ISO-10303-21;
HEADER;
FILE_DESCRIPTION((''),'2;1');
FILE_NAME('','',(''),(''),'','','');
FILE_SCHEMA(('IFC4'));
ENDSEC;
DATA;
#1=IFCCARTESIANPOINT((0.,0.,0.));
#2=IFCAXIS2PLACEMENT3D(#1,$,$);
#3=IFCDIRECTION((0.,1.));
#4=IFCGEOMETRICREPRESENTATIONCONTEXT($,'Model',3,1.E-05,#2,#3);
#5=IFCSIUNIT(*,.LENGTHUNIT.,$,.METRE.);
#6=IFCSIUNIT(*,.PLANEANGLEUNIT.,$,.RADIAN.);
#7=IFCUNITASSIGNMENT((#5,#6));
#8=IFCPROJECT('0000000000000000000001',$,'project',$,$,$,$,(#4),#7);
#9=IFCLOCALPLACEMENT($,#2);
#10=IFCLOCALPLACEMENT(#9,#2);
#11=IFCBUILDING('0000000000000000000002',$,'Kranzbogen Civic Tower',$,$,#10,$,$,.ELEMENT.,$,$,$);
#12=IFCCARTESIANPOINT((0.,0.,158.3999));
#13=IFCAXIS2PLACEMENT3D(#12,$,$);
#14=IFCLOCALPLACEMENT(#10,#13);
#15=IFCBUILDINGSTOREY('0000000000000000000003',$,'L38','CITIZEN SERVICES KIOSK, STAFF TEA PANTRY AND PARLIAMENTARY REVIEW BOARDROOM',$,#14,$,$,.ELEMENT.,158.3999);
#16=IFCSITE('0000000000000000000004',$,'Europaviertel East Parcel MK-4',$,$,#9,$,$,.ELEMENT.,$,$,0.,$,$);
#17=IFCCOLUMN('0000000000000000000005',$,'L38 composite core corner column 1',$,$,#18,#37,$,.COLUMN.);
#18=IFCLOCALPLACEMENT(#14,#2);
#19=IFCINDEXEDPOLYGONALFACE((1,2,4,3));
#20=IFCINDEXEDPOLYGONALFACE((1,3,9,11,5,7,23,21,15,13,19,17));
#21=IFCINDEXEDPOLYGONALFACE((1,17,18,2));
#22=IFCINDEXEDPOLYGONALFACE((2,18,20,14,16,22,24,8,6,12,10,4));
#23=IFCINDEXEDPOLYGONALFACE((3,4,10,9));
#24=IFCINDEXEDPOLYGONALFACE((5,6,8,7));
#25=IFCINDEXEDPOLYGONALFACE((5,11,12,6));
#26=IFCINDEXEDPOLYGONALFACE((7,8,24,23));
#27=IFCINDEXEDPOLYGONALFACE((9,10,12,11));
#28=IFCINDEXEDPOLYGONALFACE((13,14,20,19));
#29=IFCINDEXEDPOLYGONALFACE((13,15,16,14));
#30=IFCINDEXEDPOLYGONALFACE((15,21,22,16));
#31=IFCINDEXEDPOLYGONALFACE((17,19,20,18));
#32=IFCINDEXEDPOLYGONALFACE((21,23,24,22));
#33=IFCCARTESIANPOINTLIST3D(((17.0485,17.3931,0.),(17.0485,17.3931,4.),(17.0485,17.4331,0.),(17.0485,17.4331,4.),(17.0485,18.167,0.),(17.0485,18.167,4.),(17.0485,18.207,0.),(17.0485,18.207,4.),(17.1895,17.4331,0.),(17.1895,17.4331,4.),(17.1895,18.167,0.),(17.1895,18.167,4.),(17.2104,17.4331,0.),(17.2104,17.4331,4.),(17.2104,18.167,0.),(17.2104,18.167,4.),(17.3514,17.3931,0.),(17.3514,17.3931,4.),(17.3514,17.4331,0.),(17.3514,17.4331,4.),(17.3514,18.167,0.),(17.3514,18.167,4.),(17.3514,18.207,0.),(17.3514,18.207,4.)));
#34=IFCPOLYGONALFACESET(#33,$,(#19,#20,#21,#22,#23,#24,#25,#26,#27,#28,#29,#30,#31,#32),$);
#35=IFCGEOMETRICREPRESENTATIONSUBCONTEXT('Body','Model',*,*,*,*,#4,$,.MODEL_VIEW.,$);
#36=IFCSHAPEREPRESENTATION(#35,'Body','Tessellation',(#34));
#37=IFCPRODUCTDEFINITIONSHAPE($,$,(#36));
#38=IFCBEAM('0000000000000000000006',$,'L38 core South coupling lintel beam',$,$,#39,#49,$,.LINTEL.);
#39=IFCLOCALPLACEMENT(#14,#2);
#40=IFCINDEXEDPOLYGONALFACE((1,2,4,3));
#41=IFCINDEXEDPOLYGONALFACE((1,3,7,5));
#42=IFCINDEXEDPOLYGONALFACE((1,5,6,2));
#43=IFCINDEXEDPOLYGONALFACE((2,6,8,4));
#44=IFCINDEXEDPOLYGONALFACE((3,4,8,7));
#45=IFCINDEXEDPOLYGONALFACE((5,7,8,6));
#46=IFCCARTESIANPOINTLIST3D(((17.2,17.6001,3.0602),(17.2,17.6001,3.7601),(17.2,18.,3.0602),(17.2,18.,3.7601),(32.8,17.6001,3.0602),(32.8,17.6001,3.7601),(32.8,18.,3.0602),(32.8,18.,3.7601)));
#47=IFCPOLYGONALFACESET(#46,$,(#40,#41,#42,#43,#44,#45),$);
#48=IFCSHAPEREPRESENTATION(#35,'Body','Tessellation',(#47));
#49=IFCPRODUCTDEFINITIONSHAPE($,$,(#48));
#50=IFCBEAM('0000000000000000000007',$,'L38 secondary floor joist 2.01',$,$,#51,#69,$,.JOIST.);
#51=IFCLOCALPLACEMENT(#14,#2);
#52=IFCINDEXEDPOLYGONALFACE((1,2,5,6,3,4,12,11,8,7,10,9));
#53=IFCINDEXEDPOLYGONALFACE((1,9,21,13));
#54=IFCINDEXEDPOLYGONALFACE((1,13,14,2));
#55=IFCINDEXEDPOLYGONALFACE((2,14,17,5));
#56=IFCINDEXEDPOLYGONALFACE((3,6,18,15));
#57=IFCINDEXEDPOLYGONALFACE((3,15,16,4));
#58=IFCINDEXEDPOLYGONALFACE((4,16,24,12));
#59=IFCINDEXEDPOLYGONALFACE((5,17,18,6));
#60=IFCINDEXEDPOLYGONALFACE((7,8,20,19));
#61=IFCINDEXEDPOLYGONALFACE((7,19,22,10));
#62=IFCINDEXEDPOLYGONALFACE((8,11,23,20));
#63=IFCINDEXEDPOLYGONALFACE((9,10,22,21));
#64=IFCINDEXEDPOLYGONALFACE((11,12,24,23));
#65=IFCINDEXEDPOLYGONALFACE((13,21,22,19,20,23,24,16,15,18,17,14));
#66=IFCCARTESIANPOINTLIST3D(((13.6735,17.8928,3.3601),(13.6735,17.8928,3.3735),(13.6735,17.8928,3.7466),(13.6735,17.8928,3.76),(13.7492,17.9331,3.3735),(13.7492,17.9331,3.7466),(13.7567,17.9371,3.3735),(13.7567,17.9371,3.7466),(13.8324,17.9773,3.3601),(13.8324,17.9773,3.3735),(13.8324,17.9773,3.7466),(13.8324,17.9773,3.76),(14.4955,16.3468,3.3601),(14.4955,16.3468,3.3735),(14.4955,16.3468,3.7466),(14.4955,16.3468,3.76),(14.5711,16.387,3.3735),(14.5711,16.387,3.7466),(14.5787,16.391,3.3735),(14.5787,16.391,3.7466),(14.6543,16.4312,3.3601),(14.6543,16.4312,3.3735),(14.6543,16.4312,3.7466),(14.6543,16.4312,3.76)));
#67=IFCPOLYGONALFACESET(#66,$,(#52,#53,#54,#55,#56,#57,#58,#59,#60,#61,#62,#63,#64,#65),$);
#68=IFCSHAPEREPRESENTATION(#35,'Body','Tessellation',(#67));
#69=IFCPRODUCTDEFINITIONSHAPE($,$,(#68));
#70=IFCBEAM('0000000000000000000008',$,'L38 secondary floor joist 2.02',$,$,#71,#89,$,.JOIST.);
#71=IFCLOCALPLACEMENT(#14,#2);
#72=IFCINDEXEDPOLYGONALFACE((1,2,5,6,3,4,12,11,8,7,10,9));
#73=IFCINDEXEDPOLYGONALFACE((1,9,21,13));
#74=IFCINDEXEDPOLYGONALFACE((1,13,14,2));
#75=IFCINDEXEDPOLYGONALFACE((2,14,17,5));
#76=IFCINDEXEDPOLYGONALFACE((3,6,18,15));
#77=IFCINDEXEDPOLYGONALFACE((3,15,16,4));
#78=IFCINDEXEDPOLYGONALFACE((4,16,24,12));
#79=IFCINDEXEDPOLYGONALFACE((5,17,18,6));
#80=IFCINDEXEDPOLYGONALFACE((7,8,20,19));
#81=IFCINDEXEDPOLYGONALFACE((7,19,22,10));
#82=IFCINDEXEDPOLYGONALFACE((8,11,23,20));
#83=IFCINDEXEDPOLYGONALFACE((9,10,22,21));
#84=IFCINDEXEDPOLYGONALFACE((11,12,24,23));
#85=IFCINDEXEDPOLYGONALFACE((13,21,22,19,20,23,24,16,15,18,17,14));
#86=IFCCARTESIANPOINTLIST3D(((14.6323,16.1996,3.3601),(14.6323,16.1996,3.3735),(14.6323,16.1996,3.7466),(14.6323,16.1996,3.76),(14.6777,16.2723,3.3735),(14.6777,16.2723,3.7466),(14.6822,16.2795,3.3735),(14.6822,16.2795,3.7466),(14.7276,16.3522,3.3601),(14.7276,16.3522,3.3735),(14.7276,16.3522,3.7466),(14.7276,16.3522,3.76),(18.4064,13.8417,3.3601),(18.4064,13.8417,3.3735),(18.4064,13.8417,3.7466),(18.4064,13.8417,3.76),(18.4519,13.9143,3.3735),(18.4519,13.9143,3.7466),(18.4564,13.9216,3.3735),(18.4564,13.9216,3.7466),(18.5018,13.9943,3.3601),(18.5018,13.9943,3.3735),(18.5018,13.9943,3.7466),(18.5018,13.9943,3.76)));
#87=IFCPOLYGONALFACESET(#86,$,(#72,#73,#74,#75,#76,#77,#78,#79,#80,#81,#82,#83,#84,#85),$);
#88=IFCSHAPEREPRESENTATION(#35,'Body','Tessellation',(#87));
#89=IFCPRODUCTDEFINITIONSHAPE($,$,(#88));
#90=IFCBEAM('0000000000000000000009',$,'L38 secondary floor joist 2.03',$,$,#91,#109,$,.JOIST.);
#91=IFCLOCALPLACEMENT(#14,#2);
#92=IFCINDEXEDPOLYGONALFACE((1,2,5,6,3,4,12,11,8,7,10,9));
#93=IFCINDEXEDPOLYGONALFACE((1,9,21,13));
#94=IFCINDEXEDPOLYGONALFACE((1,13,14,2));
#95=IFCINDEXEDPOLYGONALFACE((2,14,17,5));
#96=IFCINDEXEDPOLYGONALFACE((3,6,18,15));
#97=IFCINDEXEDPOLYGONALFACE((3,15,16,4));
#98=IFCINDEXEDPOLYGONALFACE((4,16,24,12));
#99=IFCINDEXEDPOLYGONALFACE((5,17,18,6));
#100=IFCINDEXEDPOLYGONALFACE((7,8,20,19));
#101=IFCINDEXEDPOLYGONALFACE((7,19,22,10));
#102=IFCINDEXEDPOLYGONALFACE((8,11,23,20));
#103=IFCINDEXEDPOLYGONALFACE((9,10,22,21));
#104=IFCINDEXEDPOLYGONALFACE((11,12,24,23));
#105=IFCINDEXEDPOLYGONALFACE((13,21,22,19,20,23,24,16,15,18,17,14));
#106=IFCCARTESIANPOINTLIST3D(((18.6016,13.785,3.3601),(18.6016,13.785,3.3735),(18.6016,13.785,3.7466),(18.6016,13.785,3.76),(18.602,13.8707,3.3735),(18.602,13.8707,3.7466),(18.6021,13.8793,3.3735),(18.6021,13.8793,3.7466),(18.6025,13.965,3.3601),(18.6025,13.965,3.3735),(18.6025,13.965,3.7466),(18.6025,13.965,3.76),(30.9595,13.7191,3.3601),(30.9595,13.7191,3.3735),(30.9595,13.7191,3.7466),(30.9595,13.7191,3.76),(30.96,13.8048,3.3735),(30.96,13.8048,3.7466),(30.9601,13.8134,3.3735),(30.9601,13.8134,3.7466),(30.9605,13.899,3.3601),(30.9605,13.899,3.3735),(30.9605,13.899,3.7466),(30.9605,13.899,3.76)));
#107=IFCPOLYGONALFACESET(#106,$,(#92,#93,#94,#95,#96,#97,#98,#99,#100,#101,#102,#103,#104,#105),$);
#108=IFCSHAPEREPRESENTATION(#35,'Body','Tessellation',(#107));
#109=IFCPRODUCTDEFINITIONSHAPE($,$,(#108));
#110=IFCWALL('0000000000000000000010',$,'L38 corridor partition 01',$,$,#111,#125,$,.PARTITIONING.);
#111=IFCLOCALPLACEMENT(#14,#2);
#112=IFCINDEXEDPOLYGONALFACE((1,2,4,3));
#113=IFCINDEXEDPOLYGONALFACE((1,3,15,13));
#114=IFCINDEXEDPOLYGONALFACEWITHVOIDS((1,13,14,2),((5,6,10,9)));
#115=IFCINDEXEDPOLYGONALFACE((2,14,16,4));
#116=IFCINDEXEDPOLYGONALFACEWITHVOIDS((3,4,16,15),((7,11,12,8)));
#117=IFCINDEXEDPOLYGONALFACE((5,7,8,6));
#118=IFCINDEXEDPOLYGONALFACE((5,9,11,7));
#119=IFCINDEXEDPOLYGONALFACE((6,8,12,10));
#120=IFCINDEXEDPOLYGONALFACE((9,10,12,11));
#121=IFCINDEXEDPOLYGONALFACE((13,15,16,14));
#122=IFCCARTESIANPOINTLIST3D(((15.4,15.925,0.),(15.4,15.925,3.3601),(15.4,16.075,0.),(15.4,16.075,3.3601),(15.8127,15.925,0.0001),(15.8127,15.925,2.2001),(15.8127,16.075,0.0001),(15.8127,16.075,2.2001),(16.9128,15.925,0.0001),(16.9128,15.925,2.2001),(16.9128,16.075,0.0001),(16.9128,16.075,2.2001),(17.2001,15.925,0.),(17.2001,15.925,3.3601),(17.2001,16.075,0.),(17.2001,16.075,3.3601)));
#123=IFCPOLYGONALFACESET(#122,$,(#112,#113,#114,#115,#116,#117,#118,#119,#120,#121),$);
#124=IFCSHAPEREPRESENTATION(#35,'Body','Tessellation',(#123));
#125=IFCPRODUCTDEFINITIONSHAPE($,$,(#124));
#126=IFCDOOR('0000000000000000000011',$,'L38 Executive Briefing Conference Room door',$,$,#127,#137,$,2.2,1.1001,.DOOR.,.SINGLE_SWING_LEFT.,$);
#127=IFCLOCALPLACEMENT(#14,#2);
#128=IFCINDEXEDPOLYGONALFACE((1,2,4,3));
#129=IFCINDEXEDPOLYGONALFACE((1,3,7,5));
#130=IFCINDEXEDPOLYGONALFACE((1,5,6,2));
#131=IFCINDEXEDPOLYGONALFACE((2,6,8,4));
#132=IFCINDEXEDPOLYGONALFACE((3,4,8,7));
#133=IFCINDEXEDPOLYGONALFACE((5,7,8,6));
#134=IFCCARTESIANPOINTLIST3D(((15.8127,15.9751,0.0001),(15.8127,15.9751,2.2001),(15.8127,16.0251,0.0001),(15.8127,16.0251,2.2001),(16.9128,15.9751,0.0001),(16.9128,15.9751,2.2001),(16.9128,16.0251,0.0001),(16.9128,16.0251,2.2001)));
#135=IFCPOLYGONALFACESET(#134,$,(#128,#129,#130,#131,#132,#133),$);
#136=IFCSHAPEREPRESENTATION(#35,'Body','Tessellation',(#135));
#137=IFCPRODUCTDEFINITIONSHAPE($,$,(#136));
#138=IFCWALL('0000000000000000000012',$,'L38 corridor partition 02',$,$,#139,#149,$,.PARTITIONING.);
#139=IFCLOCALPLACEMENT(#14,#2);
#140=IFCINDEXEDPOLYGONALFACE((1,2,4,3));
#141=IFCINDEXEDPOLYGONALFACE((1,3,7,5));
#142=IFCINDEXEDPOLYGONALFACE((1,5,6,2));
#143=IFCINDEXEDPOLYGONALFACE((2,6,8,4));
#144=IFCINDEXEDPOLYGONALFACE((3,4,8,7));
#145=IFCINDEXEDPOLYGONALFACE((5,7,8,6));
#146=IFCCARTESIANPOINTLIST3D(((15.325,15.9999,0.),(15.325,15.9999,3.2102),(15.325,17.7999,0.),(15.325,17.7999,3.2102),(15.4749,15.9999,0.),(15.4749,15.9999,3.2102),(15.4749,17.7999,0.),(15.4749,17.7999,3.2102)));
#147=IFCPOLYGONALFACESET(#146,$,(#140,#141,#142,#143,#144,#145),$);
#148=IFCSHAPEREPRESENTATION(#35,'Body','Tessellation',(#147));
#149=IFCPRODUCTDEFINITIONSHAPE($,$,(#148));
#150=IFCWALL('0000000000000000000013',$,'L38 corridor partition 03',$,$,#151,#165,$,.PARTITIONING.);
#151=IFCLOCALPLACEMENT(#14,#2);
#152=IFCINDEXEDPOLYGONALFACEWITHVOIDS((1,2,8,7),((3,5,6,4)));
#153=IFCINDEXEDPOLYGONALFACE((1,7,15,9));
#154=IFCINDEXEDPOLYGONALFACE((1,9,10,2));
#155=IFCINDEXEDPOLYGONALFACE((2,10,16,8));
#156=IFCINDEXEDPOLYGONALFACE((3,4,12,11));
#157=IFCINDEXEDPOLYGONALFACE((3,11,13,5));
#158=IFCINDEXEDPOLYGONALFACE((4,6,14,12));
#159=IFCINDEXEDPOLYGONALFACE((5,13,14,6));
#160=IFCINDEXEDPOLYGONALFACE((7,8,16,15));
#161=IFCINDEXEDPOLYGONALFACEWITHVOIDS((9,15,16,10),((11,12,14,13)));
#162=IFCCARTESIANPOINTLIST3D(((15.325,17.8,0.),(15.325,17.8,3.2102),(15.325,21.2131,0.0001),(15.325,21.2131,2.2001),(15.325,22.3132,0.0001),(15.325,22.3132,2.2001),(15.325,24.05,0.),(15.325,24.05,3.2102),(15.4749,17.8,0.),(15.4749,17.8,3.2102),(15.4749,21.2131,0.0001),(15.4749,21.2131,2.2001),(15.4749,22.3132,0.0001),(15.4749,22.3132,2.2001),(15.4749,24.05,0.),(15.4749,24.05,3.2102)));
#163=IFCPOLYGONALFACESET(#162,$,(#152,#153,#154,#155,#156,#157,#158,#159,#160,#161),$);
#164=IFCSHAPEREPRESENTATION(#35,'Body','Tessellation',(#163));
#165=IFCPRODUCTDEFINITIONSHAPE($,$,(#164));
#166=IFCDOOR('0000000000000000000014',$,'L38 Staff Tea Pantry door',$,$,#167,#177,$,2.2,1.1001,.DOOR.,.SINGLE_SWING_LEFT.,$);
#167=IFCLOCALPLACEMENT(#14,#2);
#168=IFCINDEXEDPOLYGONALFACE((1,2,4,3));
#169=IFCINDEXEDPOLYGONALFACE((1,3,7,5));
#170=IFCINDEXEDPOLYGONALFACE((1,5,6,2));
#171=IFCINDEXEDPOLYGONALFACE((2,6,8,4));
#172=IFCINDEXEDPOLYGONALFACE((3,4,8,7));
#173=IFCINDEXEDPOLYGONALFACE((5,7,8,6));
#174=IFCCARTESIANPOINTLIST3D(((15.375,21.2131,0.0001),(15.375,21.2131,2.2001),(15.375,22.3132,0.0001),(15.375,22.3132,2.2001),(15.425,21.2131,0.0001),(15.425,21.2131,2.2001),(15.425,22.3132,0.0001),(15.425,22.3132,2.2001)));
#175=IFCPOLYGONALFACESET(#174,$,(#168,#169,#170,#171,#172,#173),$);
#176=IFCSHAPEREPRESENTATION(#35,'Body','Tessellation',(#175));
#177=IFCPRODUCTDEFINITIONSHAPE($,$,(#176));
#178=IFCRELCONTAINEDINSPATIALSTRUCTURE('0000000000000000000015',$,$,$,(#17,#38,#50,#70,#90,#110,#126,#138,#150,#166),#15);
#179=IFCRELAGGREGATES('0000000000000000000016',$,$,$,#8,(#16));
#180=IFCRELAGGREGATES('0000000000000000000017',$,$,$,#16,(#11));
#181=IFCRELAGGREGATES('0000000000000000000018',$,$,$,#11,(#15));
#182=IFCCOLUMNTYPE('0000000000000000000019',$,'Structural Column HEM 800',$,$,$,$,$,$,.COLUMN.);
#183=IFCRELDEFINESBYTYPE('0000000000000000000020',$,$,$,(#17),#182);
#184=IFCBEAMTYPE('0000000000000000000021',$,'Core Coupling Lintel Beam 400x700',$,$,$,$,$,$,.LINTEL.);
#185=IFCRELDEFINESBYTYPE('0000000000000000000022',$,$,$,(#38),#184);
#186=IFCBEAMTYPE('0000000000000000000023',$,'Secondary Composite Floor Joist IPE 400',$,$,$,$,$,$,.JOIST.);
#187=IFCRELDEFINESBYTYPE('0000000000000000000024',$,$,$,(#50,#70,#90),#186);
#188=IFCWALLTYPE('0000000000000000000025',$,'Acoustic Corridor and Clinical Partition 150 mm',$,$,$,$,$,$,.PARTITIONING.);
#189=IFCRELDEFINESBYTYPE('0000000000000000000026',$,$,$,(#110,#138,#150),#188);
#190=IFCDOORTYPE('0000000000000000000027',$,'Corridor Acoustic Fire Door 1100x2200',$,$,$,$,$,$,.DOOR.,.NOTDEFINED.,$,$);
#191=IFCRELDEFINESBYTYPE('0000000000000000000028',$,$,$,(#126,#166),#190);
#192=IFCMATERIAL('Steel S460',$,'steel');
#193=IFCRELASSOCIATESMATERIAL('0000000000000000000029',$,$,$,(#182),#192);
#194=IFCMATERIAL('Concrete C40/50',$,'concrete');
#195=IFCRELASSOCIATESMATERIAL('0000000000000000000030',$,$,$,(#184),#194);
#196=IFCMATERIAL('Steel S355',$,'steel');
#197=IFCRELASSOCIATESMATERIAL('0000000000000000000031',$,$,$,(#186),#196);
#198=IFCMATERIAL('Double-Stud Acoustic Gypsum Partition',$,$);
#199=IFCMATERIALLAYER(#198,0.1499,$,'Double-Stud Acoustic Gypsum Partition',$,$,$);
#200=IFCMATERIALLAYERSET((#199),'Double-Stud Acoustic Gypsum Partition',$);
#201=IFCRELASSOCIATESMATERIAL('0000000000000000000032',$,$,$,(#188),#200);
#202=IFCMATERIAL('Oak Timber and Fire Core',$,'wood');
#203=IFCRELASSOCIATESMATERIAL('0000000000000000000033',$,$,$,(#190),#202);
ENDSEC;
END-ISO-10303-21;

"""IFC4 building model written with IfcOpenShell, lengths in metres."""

from ifc_helpers import new_model, si_unit, direction, frame, frame_2d, origin, origin_2d, place, context, subcontext, project, spatial, rectangle, i_section, extrude, material, layer, layer_set, material_profile, profile_set, type_object, element, fill, save


model = new_model("IFC4")

# Units and contexts
model_context = context("Model", 3, precision=1e-05, world=origin(), true_north=direction((0.0, 1.0)))
body_context = subcontext(model_context, "Body", "Model", "MODEL_VIEW")
ifc_project = project(units=[si_unit("LENGTHUNIT", "METRE"), si_unit("PLANEANGLEUNIT", "RADIAN")], contexts=[model_context])

# Site, building, storey
site_placement = place(None, origin())
site = spatial("IfcSite", under=ifc_project, at=site_placement, Name="Europaviertel East Parcel MK-4", CompositionType="ELEMENT", RefElevation=0.0)
building_placement = place(site_placement, origin())
building = spatial("IfcBuilding", under=site, at=building_placement, Name="Kranzbogen Civic Tower", CompositionType="ELEMENT")
storey_placement = place(building_placement, frame((0.0, 0.0, 158.3999)))
storey = spatial("IfcBuildingStorey", under=building, at=storey_placement, Name="L38", Description="CITIZEN SERVICES KIOSK, STAFF TEA PANTRY AND PARLIAMENTARY REVIEW BOARDROOM", CompositionType="ELEMENT", Elevation=158.3999)

# Column
ifc_material_1 = material(Name="Steel S460", Category="steel")
ifc_material_profile_1 = material_profile(ifc_material_1, i_section(OverallWidth=0.303, OverallDepth=0.814, WebThickness=0.021, FlangeThickness=0.04, at=origin_2d()), Name="HEM 800")
ifc_profile_set_1 = profile_set([ifc_material_profile_1], Name="Steel S460")
column_type = type_object("IfcColumnType", Name="Structural Column HEM 800", PredefinedType="COLUMN", material=ifc_profile_set_1)
column_placement = place(storey_placement, frame((17.2, 17.8, 0.0), z_axis=(0.0, 0.0, 1.0), x_axis=(1.0, 0.0, 0.0)))
element("IfcColumn", 1, at=column_placement, inside=storey, type_object=column_type, Name="L38 composite core corner column 1", PredefinedType="COLUMN", context=body_context, shape_type="SweptSolid", body=[
    extrude(i_section(OverallWidth=0.303, OverallDepth=0.814, WebThickness=0.021, FlangeThickness=0.04, at=origin_2d()), origin(), (0.0, 0.0, 1.0), 4.0),
])

# Beams
ifc_material_2 = material(Name="Concrete C40/50", Category="concrete")
ifc_material_profile_2 = material_profile(ifc_material_2, rectangle(XDim=0.3999, YDim=0.7, at=origin_2d()), Name="RC-BM 400x700")
ifc_profile_set_2 = profile_set([ifc_material_profile_2], Name="Concrete C40/50")
beam_type_1 = type_object("IfcBeamType", Name="Core Coupling Lintel Beam 400x700", PredefinedType="LINTEL", material=ifc_profile_set_2)
beam_1_placement = place(storey_placement, frame((17.2, 17.8, 3.4102), z_axis=(1.0, 0.0, 0.0), x_axis=(0.0, 1.0, 0.0)))
element("IfcBeam", 2, at=beam_1_placement, inside=storey, type_object=beam_type_1, Name="L38 core South coupling lintel beam", PredefinedType="LINTEL", context=body_context, shape_type="SweptSolid", body=[
    extrude(rectangle(XDim=0.3999, YDim=0.7, at=origin_2d()), origin(), (0.0, 0.0, 1.0), 15.6001),
])
ifc_material_3 = material(Name="Steel S355", Category="steel")
ifc_material_profile_3 = material_profile(ifc_material_3, i_section(OverallWidth=0.1799, OverallDepth=0.3999, WebThickness=0.0085, FlangeThickness=0.0134, at=origin_2d()), Name="IPE 400")
ifc_profile_set_3 = profile_set([ifc_material_profile_3], Name="Steel S355")
beam_type_2 = type_object("IfcBeamType", Name="Secondary Composite Floor Joist IPE 400", PredefinedType="JOIST", material=ifc_profile_set_3)
beam_2_placement = place(storey_placement, frame((13.7529, 17.9351, 3.5601), z_axis=(0.469437, -0.882966, 0.0), x_axis=(0.882966, 0.469437, 0.0)))
element("IfcBeam", 3, at=beam_2_placement, inside=storey, type_object=beam_type_2, Name="L38 secondary floor joist 2.01", PredefinedType="JOIST", context=body_context, shape_type="SweptSolid", body=[
    extrude(i_section(OverallWidth=0.1799, OverallDepth=0.3999, WebThickness=0.0085, FlangeThickness=0.0134, at=origin_2d()), origin(), (0.0, 0.0, 1.0), 1.751),
])
beam_3_placement = place(storey_placement, frame((14.6799, 16.2759, 3.5601), z_axis=(0.848094, -0.529846, 0.0), x_axis=(0.529846, 0.848094, 0.0)))
element("IfcBeam", 4, at=beam_3_placement, inside=storey, type_object=beam_type_2, Name="L38 secondary floor joist 2.02", PredefinedType="JOIST", context=body_context, shape_type="SweptSolid", body=[
    extrude(i_section(OverallWidth=0.1799, OverallDepth=0.3999, WebThickness=0.0085, FlangeThickness=0.0134, at=origin_2d()), origin(), (0.0, 0.0, 1.0), 4.4502),
])
beam_4_placement = place(storey_placement, frame((18.6021, 13.875, 3.5601), z_axis=(0.999986, -0.005334, 0.0), x_axis=(0.005334, 0.999986, 0.0)))
element("IfcBeam", 5, at=beam_4_placement, inside=storey, type_object=beam_type_2, Name="L38 secondary floor joist 2.03", PredefinedType="JOIST", context=body_context, shape_type="SweptSolid", body=[
    extrude(i_section(OverallWidth=0.1799, OverallDepth=0.3999, WebThickness=0.0085, FlangeThickness=0.0134, at=origin_2d()), origin(), (0.0, 0.0, 1.0), 12.3582),
])

# Wall, opening, door
ifc_material_4 = material(Name="Double-Stud Acoustic Gypsum Partition")
ifc_layer_1 = layer(ifc_material_4, 0.1499, Name="Double-Stud Acoustic Gypsum Partition")
ifc_layer_set_1 = layer_set([ifc_layer_1], Name="Double-Stud Acoustic Gypsum Partition")
wall_type_1 = type_object("IfcWallType", Name="Acoustic Corridor and Clinical Partition 150 mm", PredefinedType="PARTITIONING", material=ifc_layer_set_1)
wall_1_placement = place(storey_placement, frame((17.2, 16.0, 0.0), z_axis=(0.0, 0.0, 1.0), x_axis=(-1.0, 0.0, 0.0)))
wall_1 = element("IfcWall", 6, at=wall_1_placement, inside=storey, type_object=wall_type_1, Name="L38 corridor partition 01", PredefinedType="PARTITIONING", context=body_context, shape_type="SweptSolid", body=[
    extrude(rectangle(XDim=1.8, YDim=0.1499, at=frame_2d((0.8999, 0.0))), origin(), (0.0, 0.0, 1.0), 3.3601),
])
opening_1_placement = place(wall_1_placement, frame((0.2871, 0.0, 0.0)))
opening_1 = element("IfcOpeningElement", 7, at=opening_1_placement, cuts=wall_1, PredefinedType="OPENING", context=body_context, shape_type="SweptSolid", body=[
    extrude(rectangle(XDim=1.1001, YDim=2.2, at=frame_2d((0.55, 1.1001))), frame((0.0, 0.085, 0.0), z_axis=(0.0, -1.0, 0.0), x_axis=(1.0, 0.0, 0.0)), (0.0, 0.0, 1.0), 0.1699),
])
ifc_material_5 = material(Name="Oak Timber and Fire Core", Category="wood")
door_type_1 = type_object("IfcDoorType", Name="Corridor Acoustic Fire Door 1100x2200", OperationType="NOTDEFINED", PredefinedType="DOOR", material=ifc_material_5)
door_1_placement = place(opening_1_placement, origin())
door_1 = element("IfcDoor", 8, at=door_1_placement, inside=storey, type_object=door_type_1, Name="L38 Executive Briefing Conference Room door", OperationType="SINGLE_SWING_LEFT", OverallHeight=2.2, OverallWidth=1.1001, PredefinedType="DOOR", context=body_context, shape_type="SweptSolid", body=[
    extrude(rectangle(XDim=1.1001, YDim=2.2, at=frame_2d((0.55, 1.1001))), frame((0.0, 0.0249, 0.0), z_axis=(0.0, -1.0, 0.0), x_axis=(1.0, 0.0, 0.0)), (0.0, 0.0, 1.0), 0.05),
])
fill(opening_1, door_1)

# Wall
wall_2_placement = place(storey_placement, frame((15.3999, 16.0, 0.0), z_axis=(0.0, 0.0, 1.0), x_axis=(0.0, 1.0, 0.0)))
element("IfcWall", 9, at=wall_2_placement, inside=storey, type_object=wall_type_1, Name="L38 corridor partition 02", PredefinedType="PARTITIONING", context=body_context, shape_type="SweptSolid", body=[
    extrude(rectangle(XDim=1.8, YDim=0.1499, at=frame_2d((0.8999, 0.0))), origin(), (0.0, 0.0, 1.0), 3.2102),
])

# Wall, opening, door
wall_3_placement = place(storey_placement, frame((15.3999, 17.8, 0.0), z_axis=(0.0, 0.0, 1.0), x_axis=(0.0, 1.0, 0.0)))
wall_3 = element("IfcWall", 10, at=wall_3_placement, inside=storey, type_object=wall_type_1, Name="L38 corridor partition 03", PredefinedType="PARTITIONING", context=body_context, shape_type="SweptSolid", body=[
    extrude(rectangle(XDim=6.25, YDim=0.1499, at=frame_2d((3.125, 0.0))), origin(), (0.0, 0.0, 1.0), 3.2102),
])
opening_2_placement = place(wall_3_placement, frame((3.4131, 0.0, 0.0)))
opening_2 = element("IfcOpeningElement", 11, at=opening_2_placement, cuts=wall_3, PredefinedType="OPENING", context=body_context, shape_type="SweptSolid", body=[
    extrude(rectangle(XDim=1.1001, YDim=2.2, at=frame_2d((0.55, 1.1001))), frame((0.0, 0.085, 0.0), z_axis=(0.0, -1.0, 0.0), x_axis=(1.0, 0.0, 0.0)), (0.0, 0.0, 1.0), 0.1699),
])
door_2_placement = place(opening_2_placement, origin())
door_2 = element("IfcDoor", 12, at=door_2_placement, inside=storey, type_object=door_type_1, Name="L38 Staff Tea Pantry door", OperationType="SINGLE_SWING_LEFT", OverallHeight=2.2, OverallWidth=1.1001, PredefinedType="DOOR", context=body_context, shape_type="SweptSolid", body=[
    extrude(rectangle(XDim=1.1001, YDim=2.2, at=frame_2d((0.55, 1.1001))), frame((0.0, 0.0249, 0.0), z_axis=(0.0, -1.0, 0.0), x_axis=(1.0, 0.0, 0.0)), (0.0, 0.0, 1.0), 0.05),
])
fill(opening_2, door_2)

save(model, "model.ifc")
